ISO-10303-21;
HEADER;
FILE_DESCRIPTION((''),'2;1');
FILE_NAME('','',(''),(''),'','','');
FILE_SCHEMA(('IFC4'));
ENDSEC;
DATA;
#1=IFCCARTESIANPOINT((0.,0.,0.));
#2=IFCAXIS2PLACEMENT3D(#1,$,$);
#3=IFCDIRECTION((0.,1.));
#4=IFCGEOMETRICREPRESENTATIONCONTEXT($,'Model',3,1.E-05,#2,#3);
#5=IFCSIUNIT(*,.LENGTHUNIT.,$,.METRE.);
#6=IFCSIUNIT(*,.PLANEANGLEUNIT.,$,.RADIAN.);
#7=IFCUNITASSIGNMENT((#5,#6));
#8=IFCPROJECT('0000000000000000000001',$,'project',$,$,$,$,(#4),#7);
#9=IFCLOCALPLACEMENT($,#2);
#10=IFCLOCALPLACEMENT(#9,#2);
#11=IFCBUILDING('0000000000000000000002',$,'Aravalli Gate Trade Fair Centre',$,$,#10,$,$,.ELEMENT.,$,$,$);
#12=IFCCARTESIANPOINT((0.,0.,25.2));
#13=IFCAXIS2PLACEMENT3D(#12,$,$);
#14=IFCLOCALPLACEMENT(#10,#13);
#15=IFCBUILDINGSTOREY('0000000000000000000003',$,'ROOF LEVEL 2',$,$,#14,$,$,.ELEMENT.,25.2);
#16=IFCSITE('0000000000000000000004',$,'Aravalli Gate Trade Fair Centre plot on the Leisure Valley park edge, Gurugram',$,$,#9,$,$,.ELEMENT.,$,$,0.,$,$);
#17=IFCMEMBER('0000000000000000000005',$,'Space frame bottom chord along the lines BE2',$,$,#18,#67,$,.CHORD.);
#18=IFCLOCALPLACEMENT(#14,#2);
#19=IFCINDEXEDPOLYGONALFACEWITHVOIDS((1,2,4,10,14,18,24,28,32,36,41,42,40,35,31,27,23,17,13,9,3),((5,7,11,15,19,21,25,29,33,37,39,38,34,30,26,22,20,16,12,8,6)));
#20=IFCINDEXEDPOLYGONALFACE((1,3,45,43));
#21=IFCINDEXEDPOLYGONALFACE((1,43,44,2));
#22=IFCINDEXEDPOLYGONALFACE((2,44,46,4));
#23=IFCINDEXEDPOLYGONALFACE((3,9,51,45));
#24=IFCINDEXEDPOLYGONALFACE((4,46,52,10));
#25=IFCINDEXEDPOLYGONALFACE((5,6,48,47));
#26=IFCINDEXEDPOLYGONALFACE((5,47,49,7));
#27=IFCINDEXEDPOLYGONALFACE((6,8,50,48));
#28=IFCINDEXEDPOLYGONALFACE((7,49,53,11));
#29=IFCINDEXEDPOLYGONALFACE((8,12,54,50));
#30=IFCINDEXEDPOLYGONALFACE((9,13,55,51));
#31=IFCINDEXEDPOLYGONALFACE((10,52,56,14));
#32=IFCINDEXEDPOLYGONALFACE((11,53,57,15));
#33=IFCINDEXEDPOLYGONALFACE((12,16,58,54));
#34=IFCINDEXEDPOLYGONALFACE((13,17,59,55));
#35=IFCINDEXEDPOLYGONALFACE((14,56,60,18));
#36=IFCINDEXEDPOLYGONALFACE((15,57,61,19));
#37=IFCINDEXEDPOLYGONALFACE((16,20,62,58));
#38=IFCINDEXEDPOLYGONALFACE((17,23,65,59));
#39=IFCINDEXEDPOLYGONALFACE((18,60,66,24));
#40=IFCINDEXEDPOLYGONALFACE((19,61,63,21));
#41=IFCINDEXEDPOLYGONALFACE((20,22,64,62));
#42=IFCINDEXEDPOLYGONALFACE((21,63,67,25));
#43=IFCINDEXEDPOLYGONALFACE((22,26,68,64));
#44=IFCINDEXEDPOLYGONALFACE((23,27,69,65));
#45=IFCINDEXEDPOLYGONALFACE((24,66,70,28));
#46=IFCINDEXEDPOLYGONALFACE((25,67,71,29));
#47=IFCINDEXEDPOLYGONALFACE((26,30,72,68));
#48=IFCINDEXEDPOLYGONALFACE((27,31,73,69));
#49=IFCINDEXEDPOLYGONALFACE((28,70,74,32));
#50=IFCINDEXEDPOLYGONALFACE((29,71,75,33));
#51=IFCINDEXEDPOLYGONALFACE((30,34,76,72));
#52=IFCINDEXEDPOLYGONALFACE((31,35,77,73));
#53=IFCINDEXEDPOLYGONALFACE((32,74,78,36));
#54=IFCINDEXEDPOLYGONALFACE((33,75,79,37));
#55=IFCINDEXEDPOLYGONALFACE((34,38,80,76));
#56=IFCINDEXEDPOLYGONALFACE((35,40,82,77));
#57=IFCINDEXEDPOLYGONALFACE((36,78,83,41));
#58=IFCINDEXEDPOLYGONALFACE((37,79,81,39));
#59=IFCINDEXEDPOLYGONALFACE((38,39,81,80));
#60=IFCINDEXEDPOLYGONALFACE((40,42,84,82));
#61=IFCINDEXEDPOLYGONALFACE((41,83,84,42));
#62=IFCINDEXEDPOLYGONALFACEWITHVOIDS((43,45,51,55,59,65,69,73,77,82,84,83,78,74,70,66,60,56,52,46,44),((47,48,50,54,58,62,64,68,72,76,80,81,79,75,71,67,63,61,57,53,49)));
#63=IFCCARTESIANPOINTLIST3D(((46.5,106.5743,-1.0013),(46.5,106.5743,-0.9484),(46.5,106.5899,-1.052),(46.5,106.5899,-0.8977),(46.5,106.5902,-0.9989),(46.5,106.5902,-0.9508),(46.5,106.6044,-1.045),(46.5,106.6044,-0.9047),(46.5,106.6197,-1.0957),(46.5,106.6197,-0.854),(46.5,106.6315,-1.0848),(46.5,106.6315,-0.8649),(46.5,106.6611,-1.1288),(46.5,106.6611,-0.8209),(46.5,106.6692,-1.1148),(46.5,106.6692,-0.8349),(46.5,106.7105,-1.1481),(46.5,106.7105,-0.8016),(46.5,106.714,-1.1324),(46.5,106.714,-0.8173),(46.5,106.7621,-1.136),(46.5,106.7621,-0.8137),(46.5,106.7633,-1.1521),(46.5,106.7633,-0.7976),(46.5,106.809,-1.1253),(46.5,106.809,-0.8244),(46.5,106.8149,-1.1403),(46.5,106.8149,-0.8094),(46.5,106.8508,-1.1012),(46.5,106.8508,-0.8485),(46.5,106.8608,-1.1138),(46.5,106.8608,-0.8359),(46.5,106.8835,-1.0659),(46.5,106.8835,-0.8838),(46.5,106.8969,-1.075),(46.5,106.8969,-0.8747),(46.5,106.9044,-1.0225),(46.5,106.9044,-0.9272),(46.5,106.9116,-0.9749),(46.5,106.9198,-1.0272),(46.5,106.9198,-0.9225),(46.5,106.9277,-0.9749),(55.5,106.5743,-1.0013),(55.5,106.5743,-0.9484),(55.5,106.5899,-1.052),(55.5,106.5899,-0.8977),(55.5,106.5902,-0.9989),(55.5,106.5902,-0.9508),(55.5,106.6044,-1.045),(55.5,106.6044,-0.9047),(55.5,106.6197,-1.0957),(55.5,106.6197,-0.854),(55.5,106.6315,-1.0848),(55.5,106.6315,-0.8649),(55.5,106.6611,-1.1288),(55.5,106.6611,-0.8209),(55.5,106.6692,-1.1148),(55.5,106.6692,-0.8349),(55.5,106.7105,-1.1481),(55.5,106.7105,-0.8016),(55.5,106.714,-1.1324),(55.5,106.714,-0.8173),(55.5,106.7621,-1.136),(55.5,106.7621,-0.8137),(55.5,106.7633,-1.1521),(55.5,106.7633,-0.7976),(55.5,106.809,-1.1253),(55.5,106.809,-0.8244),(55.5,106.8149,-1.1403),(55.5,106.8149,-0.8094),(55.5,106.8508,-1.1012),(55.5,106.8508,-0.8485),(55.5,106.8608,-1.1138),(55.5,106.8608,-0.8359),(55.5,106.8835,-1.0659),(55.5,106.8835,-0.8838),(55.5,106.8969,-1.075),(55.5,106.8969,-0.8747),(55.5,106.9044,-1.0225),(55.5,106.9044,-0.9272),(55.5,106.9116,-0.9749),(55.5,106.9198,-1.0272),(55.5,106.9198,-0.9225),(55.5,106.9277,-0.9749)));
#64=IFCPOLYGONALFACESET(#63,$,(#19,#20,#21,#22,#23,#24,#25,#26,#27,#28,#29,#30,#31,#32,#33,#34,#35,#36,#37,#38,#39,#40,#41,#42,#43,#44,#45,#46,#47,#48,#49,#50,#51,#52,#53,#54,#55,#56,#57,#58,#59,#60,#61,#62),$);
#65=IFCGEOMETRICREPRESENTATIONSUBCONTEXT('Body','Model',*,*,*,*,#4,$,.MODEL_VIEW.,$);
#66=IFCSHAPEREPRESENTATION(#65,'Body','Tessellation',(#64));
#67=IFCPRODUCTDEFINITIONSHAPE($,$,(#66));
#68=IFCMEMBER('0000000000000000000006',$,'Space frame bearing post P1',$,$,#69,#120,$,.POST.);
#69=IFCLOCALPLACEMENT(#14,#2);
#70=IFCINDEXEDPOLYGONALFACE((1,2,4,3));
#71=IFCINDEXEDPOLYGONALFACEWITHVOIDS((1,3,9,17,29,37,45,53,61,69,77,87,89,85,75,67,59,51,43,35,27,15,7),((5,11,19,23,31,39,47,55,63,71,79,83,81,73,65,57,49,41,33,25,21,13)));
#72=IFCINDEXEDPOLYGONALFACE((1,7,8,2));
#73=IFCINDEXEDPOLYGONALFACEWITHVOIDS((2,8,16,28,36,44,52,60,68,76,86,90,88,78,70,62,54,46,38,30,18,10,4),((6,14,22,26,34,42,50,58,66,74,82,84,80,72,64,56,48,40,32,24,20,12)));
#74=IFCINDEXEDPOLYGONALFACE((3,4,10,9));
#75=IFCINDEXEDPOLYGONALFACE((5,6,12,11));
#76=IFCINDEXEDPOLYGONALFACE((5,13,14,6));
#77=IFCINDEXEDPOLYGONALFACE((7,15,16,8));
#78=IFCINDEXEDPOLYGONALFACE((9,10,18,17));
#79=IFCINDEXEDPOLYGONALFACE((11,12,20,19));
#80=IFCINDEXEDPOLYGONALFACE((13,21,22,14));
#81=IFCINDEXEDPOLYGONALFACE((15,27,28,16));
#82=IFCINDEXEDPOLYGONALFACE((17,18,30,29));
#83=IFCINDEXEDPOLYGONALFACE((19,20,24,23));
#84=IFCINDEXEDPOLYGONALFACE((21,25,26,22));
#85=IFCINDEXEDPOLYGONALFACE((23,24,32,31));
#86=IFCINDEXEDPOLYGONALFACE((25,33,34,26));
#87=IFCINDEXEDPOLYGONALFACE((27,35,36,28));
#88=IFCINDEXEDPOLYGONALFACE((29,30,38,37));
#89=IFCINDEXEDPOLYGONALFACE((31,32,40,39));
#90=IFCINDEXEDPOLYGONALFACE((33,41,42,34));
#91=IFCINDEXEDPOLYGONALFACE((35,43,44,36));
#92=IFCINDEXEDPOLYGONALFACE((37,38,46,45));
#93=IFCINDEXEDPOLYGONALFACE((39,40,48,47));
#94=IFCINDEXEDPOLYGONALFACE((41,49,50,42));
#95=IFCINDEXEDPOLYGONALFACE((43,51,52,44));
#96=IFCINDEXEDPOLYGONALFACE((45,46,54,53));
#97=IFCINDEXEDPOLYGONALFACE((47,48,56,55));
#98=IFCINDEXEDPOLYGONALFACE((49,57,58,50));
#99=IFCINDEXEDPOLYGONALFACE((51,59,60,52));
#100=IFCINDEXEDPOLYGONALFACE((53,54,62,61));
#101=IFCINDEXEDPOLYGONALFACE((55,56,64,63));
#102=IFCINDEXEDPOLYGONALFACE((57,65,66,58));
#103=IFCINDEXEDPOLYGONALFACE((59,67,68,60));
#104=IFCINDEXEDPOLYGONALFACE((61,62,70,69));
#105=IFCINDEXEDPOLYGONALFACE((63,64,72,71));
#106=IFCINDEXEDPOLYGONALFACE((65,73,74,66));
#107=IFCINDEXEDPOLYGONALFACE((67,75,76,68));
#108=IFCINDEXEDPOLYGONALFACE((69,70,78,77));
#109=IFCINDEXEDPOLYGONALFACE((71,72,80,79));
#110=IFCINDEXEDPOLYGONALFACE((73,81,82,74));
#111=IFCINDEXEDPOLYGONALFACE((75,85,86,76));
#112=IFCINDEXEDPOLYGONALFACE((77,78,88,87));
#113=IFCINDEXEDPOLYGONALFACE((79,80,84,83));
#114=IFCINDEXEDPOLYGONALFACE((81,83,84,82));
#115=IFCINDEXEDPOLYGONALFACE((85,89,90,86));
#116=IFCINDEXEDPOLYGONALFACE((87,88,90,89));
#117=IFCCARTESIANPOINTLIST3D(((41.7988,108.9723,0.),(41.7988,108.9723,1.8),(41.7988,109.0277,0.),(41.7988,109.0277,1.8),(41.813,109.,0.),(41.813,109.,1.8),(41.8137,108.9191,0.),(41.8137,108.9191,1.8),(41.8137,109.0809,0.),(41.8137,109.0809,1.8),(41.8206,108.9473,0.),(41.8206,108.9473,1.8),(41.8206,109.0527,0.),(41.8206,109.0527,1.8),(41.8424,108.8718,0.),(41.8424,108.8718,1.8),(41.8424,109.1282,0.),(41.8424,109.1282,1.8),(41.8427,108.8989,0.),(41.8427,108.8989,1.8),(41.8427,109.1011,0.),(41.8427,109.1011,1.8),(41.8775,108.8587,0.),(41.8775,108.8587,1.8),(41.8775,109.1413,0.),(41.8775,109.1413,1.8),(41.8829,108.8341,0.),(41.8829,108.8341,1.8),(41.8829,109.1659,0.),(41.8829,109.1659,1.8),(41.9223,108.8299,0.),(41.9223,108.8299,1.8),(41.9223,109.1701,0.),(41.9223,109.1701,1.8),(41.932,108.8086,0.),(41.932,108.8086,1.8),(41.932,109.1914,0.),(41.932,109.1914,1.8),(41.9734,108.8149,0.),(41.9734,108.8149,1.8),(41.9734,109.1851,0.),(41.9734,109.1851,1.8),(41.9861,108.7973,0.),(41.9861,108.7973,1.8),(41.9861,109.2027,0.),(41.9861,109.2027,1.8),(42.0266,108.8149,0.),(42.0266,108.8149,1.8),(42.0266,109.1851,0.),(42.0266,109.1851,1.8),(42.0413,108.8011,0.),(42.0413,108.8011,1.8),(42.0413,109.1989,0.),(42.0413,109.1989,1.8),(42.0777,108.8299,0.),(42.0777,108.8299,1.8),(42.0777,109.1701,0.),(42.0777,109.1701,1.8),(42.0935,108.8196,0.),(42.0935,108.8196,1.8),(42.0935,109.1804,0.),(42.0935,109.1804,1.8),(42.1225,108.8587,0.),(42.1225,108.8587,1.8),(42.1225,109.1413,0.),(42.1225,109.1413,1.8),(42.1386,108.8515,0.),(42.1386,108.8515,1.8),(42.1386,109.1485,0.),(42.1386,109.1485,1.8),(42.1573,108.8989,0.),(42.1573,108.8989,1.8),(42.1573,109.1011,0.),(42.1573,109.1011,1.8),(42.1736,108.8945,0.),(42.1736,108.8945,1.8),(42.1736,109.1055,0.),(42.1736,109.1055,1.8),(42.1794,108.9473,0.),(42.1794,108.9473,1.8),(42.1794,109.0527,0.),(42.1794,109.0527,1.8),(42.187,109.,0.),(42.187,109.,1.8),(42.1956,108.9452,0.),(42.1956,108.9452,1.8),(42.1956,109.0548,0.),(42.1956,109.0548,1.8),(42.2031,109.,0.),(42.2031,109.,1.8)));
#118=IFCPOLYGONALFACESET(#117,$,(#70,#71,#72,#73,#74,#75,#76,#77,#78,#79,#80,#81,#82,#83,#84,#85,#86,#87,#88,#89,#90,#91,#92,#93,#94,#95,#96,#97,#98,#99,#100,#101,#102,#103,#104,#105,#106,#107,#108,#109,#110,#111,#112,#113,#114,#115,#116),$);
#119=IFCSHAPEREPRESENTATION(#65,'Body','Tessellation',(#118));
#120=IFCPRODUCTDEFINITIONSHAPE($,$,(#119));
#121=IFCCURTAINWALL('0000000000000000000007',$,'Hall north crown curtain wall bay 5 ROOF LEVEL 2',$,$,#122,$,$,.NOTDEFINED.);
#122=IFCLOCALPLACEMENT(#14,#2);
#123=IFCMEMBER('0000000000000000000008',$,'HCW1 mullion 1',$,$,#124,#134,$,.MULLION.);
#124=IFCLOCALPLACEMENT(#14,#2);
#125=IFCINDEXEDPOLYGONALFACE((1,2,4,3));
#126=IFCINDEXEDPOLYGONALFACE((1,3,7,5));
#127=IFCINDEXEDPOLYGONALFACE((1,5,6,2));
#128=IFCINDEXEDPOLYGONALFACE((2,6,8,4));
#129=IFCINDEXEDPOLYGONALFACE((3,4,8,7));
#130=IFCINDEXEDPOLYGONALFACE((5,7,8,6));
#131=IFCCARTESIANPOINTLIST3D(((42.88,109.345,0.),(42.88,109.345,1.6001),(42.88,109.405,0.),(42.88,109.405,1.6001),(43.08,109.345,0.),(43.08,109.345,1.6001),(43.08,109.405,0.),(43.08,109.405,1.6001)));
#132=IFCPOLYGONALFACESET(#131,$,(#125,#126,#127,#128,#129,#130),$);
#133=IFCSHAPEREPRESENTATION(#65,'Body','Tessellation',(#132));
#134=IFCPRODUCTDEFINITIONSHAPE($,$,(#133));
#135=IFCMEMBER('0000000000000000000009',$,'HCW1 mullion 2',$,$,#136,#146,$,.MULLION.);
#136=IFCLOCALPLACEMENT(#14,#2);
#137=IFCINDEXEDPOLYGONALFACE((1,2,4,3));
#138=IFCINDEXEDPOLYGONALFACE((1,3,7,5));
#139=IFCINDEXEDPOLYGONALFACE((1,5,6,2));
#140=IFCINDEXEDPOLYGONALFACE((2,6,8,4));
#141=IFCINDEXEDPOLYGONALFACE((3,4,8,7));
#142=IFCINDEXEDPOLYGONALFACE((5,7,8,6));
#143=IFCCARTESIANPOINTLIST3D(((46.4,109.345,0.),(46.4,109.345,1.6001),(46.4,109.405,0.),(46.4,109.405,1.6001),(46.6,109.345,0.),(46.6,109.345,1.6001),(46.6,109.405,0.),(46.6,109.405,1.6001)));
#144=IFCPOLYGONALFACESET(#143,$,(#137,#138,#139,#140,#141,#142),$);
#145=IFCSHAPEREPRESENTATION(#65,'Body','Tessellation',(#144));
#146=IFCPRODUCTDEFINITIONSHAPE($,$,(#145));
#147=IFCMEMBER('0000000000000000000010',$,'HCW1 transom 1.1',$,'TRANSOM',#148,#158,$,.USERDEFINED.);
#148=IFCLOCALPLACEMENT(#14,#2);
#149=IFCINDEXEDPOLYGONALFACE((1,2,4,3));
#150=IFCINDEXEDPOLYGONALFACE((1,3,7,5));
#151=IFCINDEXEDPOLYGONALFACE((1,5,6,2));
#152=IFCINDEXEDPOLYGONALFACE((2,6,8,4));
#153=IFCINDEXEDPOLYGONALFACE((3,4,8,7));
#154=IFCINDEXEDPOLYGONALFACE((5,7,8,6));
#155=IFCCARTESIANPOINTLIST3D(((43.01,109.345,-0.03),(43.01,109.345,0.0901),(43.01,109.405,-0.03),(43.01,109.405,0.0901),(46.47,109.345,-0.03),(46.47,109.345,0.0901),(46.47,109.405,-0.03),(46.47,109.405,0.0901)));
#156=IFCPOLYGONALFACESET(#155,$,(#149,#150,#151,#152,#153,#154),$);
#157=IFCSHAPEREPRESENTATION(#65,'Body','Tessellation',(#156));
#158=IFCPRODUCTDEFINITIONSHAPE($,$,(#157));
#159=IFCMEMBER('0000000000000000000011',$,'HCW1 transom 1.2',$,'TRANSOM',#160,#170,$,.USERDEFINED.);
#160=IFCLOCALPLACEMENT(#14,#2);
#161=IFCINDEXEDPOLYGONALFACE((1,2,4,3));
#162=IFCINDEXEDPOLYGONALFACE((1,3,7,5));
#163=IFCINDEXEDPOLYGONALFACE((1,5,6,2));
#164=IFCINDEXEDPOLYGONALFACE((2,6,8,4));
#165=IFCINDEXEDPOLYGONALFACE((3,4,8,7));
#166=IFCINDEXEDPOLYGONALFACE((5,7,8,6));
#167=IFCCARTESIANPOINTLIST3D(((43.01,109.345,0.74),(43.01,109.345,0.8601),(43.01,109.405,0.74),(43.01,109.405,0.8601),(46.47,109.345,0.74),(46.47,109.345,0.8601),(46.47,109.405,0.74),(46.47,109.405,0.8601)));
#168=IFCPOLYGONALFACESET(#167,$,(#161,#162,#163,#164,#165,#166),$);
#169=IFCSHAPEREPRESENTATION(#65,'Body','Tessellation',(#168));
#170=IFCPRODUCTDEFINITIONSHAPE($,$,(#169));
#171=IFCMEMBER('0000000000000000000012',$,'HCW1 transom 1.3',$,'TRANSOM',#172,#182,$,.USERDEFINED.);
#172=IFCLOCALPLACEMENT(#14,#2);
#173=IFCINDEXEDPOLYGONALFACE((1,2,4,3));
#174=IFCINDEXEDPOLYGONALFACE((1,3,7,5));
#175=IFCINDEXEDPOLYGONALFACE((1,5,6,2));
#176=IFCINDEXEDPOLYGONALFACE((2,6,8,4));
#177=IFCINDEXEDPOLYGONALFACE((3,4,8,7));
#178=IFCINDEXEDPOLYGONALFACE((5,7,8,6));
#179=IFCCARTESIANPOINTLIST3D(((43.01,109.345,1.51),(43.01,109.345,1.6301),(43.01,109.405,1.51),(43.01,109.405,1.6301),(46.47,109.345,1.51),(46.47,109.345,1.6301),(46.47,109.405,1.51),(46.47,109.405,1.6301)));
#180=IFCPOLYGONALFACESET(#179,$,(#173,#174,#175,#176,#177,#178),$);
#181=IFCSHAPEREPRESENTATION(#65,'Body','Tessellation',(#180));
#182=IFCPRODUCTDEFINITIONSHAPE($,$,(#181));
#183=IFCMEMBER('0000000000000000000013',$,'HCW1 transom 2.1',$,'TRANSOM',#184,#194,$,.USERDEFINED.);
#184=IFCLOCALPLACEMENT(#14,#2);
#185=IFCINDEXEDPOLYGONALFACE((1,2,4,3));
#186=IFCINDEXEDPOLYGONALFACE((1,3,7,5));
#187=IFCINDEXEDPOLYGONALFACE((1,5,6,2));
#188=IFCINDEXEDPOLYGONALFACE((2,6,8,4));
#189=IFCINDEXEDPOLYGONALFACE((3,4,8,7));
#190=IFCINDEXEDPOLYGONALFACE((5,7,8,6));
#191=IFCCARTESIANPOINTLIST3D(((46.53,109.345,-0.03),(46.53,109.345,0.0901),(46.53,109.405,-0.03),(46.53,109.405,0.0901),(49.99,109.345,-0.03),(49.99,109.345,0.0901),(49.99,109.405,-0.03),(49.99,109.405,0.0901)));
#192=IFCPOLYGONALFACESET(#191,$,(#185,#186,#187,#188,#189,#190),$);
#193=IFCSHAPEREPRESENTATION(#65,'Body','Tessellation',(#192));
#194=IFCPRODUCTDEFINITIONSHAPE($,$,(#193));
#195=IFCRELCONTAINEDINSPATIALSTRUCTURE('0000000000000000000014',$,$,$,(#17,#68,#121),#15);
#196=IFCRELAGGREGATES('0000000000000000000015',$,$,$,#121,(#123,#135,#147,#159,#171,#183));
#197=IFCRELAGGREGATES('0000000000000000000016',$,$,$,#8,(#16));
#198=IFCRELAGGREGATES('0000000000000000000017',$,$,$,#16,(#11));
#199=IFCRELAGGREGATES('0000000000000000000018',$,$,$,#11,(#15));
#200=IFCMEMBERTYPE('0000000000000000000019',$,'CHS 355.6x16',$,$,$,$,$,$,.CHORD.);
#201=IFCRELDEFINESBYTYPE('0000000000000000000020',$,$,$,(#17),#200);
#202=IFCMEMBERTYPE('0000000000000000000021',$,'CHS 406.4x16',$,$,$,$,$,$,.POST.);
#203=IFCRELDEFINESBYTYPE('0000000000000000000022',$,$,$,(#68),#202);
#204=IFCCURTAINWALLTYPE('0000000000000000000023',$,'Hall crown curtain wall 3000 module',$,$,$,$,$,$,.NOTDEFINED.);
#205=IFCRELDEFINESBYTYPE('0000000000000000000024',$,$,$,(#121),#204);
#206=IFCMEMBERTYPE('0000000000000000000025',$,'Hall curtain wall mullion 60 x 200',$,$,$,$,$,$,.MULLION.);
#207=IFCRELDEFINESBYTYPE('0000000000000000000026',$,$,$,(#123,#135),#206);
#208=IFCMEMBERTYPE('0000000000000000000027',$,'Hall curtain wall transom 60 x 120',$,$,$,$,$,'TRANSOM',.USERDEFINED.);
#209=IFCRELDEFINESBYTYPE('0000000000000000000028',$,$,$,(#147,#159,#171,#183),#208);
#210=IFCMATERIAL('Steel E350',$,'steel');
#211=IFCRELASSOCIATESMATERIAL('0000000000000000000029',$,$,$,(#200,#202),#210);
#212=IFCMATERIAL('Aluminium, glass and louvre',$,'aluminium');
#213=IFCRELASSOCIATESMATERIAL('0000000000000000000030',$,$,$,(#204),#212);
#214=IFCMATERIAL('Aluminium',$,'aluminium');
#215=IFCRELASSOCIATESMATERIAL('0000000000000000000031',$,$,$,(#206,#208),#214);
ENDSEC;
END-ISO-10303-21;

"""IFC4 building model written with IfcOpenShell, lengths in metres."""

from ifc_helpers import new_model, si_unit, direction, frame, origin, origin_2d, place, context, subcontext, project, spatial, rectangle, hollow_circle, extrude, material, material_profile, profile_set, type_object, element, aggregate, save


model = new_model("IFC4")

# Units and contexts
model_context = context("Model", 3, precision=1e-05, world=origin(), true_north=direction((0.0, 1.0)))
body_context = subcontext(model_context, "Body", "Model", "MODEL_VIEW")
ifc_project = project(units=[si_unit("LENGTHUNIT", "METRE"), si_unit("PLANEANGLEUNIT", "RADIAN")], contexts=[model_context])

# Site, building, storey
site_placement = place(None, origin())
site = spatial("IfcSite", under=ifc_project, at=site_placement, Name="Aravalli Gate Trade Fair Centre plot on the Leisure Valley park edge, Gurugram", CompositionType="ELEMENT", RefElevation=0.0)
building_placement = place(site_placement, origin())
building = spatial("IfcBuilding", under=site, at=building_placement, Name="Aravalli Gate Trade Fair Centre", CompositionType="ELEMENT")
storey_placement = place(building_placement, frame((0.0, 0.0, 25.2)))
storey = spatial("IfcBuildingStorey", under=building, at=storey_placement, Name="ROOF LEVEL 2", CompositionType="ELEMENT", Elevation=25.2)

# Members
ifc_material_1 = material(Name="Steel E350", Category="steel")
ifc_material_profile_1 = material_profile(ifc_material_1, hollow_circle(Radius=0.1777, WallThickness=0.0161, at=origin_2d()), Name="CHS 355.6x16")
ifc_profile_set_1 = profile_set([ifc_material_profile_1], Name="Steel E350")
member_type_1 = type_object("IfcMemberType", Name="CHS 355.6x16", PredefinedType="CHORD", material=ifc_profile_set_1)
member_1_placement = place(storey_placement, frame((46.5, 106.75, -0.9749), z_axis=(1.0, 0.0, 0.0), x_axis=(0.0, 1.0, 0.0)))
element("IfcMember", 1, at=member_1_placement, inside=storey, type_object=member_type_1, Name="Space frame bottom chord along the lines BE2", PredefinedType="CHORD", context=body_context, shape_type="SweptSolid", body=[
    extrude(hollow_circle(Radius=0.1777, WallThickness=0.0161, at=origin_2d()), origin(), (0.0, 0.0, 1.0), 9.0),
])
ifc_material_profile_2 = material_profile(ifc_material_1, hollow_circle(Radius=0.2031, WallThickness=0.0161, at=origin_2d()), Name="CHS 406.4x16")
ifc_profile_set_2 = profile_set([ifc_material_profile_2], Name="Steel E350")
member_type_2 = type_object("IfcMemberType", Name="CHS 406.4x16", PredefinedType="POST", material=ifc_profile_set_2)
member_2_placement = place(storey_placement, frame((42.0, 109.0, 0.0), z_axis=(0.0, 0.0, 1.0), x_axis=(1.0, 0.0, 0.0)))
element("IfcMember", 2, at=member_2_placement, inside=storey, type_object=member_type_2, Name="Space frame bearing post P1", PredefinedType="POST", context=body_context, shape_type="SweptSolid", body=[
    extrude(hollow_circle(Radius=0.2031, WallThickness=0.0161, at=origin_2d()), origin(), (0.0, 0.0, 1.0), 1.8),
])

# Curtain wall, members
ifc_material_2 = material(Name="Aluminium, glass and louvre", Category="aluminium")
curtain_wall_type = type_object("IfcCurtainWallType", Name="Hall crown curtain wall 3000 module", PredefinedType="NOTDEFINED", material=ifc_material_2)
curtain_wall_placement = place(storey_placement, origin())
curtain_wall = element("IfcCurtainWall", 3, at=curtain_wall_placement, inside=storey, type_object=curtain_wall_type, Name="Hall north crown curtain wall bay 5 ROOF LEVEL 2", PredefinedType="NOTDEFINED")
ifc_material_3 = material(Name="Aluminium", Category="aluminium")
ifc_material_profile_3 = material_profile(ifc_material_3, rectangle(XDim=0.0601, YDim=0.2, at=origin_2d()), Name="Hall curtain wall mullion 60 x 200")
ifc_profile_set_3 = profile_set([ifc_material_profile_3], Name="Aluminium")
member_type_3 = type_object("IfcMemberType", Name="Hall curtain wall mullion 60 x 200", PredefinedType="MULLION", material=ifc_profile_set_3)
member_3_placement = place(storey_placement, frame((42.98, 109.375, 0.0), z_axis=(0.0, 0.0, 1.0), x_axis=(0.0, 1.0, 0.0)))
member_3 = element("IfcMember", 4, at=member_3_placement, type_object=member_type_3, Name="HCW1 mullion 1", PredefinedType="MULLION", context=body_context, shape_type="SweptSolid", body=[
    extrude(rectangle(XDim=0.0601, YDim=0.2, at=origin_2d()), origin(), (0.0, 0.0, 1.0), 1.6001),
])
member_4_placement = place(storey_placement, frame((46.5, 109.375, 0.0), z_axis=(0.0, 0.0, 1.0), x_axis=(0.0, 1.0, 0.0)))
member_4 = element("IfcMember", 5, at=member_4_placement, type_object=member_type_3, Name="HCW1 mullion 2", PredefinedType="MULLION", context=body_context, shape_type="SweptSolid", body=[
    extrude(rectangle(XDim=0.0601, YDim=0.2, at=origin_2d()), origin(), (0.0, 0.0, 1.0), 1.6001),
])
ifc_material_profile_4 = material_profile(ifc_material_3, rectangle(XDim=0.0601, YDim=0.1201, at=origin_2d()), Name="Hall curtain wall transom 60 x 120")
ifc_profile_set_4 = profile_set([ifc_material_profile_4], Name="Aluminium")
member_type_4 = type_object("IfcMemberType", Name="Hall curtain wall transom 60 x 120", ElementType="TRANSOM", PredefinedType="USERDEFINED", material=ifc_profile_set_4)
member_5_placement = place(storey_placement, frame((43.01, 109.375, 0.03), z_axis=(1.0, 0.0, 0.0), x_axis=(0.0, 1.0, 0.0)))
member_5 = element("IfcMember", 6, at=member_5_placement, type_object=member_type_4, Name="HCW1 transom 1.1", ObjectType="TRANSOM", PredefinedType="USERDEFINED", context=body_context, shape_type="SweptSolid", body=[
    extrude(rectangle(XDim=0.0601, YDim=0.1201, at=origin_2d()), origin(), (0.0, 0.0, 1.0), 3.46),
])
member_6_placement = place(storey_placement, frame((43.01, 109.375, 0.8), z_axis=(1.0, 0.0, 0.0), x_axis=(0.0, 1.0, 0.0)))
member_6 = element("IfcMember", 7, at=member_6_placement, type_object=member_type_4, Name="HCW1 transom 1.2", ObjectType="TRANSOM", PredefinedType="USERDEFINED", context=body_context, shape_type="SweptSolid", body=[
    extrude(rectangle(XDim=0.0601, YDim=0.1201, at=origin_2d()), origin(), (0.0, 0.0, 1.0), 3.46),
])
member_7_placement = place(storey_placement, frame((43.01, 109.375, 1.5701), z_axis=(1.0, 0.0, 0.0), x_axis=(0.0, 1.0, 0.0)))
member_7 = element("IfcMember", 8, at=member_7_placement, type_object=member_type_4, Name="HCW1 transom 1.3", ObjectType="TRANSOM", PredefinedType="USERDEFINED", context=body_context, shape_type="SweptSolid", body=[
    extrude(rectangle(XDim=0.0601, YDim=0.1201, at=origin_2d()), origin(), (0.0, 0.0, 1.0), 3.46),
])
member_8_placement = place(storey_placement, frame((46.53, 109.375, 0.03), z_axis=(1.0, 0.0, 0.0), x_axis=(0.0, 1.0, 0.0)))
member_8 = element("IfcMember", 9, at=member_8_placement, type_object=member_type_4, Name="HCW1 transom 2.1", ObjectType="TRANSOM", PredefinedType="USERDEFINED", context=body_context, shape_type="SweptSolid", body=[
    extrude(rectangle(XDim=0.0601, YDim=0.1201, at=origin_2d()), origin(), (0.0, 0.0, 1.0), 3.46),
])
aggregate(curtain_wall, [member_3, member_4, member_5, member_6, member_7, member_8])

save(model, "model.ifc")
